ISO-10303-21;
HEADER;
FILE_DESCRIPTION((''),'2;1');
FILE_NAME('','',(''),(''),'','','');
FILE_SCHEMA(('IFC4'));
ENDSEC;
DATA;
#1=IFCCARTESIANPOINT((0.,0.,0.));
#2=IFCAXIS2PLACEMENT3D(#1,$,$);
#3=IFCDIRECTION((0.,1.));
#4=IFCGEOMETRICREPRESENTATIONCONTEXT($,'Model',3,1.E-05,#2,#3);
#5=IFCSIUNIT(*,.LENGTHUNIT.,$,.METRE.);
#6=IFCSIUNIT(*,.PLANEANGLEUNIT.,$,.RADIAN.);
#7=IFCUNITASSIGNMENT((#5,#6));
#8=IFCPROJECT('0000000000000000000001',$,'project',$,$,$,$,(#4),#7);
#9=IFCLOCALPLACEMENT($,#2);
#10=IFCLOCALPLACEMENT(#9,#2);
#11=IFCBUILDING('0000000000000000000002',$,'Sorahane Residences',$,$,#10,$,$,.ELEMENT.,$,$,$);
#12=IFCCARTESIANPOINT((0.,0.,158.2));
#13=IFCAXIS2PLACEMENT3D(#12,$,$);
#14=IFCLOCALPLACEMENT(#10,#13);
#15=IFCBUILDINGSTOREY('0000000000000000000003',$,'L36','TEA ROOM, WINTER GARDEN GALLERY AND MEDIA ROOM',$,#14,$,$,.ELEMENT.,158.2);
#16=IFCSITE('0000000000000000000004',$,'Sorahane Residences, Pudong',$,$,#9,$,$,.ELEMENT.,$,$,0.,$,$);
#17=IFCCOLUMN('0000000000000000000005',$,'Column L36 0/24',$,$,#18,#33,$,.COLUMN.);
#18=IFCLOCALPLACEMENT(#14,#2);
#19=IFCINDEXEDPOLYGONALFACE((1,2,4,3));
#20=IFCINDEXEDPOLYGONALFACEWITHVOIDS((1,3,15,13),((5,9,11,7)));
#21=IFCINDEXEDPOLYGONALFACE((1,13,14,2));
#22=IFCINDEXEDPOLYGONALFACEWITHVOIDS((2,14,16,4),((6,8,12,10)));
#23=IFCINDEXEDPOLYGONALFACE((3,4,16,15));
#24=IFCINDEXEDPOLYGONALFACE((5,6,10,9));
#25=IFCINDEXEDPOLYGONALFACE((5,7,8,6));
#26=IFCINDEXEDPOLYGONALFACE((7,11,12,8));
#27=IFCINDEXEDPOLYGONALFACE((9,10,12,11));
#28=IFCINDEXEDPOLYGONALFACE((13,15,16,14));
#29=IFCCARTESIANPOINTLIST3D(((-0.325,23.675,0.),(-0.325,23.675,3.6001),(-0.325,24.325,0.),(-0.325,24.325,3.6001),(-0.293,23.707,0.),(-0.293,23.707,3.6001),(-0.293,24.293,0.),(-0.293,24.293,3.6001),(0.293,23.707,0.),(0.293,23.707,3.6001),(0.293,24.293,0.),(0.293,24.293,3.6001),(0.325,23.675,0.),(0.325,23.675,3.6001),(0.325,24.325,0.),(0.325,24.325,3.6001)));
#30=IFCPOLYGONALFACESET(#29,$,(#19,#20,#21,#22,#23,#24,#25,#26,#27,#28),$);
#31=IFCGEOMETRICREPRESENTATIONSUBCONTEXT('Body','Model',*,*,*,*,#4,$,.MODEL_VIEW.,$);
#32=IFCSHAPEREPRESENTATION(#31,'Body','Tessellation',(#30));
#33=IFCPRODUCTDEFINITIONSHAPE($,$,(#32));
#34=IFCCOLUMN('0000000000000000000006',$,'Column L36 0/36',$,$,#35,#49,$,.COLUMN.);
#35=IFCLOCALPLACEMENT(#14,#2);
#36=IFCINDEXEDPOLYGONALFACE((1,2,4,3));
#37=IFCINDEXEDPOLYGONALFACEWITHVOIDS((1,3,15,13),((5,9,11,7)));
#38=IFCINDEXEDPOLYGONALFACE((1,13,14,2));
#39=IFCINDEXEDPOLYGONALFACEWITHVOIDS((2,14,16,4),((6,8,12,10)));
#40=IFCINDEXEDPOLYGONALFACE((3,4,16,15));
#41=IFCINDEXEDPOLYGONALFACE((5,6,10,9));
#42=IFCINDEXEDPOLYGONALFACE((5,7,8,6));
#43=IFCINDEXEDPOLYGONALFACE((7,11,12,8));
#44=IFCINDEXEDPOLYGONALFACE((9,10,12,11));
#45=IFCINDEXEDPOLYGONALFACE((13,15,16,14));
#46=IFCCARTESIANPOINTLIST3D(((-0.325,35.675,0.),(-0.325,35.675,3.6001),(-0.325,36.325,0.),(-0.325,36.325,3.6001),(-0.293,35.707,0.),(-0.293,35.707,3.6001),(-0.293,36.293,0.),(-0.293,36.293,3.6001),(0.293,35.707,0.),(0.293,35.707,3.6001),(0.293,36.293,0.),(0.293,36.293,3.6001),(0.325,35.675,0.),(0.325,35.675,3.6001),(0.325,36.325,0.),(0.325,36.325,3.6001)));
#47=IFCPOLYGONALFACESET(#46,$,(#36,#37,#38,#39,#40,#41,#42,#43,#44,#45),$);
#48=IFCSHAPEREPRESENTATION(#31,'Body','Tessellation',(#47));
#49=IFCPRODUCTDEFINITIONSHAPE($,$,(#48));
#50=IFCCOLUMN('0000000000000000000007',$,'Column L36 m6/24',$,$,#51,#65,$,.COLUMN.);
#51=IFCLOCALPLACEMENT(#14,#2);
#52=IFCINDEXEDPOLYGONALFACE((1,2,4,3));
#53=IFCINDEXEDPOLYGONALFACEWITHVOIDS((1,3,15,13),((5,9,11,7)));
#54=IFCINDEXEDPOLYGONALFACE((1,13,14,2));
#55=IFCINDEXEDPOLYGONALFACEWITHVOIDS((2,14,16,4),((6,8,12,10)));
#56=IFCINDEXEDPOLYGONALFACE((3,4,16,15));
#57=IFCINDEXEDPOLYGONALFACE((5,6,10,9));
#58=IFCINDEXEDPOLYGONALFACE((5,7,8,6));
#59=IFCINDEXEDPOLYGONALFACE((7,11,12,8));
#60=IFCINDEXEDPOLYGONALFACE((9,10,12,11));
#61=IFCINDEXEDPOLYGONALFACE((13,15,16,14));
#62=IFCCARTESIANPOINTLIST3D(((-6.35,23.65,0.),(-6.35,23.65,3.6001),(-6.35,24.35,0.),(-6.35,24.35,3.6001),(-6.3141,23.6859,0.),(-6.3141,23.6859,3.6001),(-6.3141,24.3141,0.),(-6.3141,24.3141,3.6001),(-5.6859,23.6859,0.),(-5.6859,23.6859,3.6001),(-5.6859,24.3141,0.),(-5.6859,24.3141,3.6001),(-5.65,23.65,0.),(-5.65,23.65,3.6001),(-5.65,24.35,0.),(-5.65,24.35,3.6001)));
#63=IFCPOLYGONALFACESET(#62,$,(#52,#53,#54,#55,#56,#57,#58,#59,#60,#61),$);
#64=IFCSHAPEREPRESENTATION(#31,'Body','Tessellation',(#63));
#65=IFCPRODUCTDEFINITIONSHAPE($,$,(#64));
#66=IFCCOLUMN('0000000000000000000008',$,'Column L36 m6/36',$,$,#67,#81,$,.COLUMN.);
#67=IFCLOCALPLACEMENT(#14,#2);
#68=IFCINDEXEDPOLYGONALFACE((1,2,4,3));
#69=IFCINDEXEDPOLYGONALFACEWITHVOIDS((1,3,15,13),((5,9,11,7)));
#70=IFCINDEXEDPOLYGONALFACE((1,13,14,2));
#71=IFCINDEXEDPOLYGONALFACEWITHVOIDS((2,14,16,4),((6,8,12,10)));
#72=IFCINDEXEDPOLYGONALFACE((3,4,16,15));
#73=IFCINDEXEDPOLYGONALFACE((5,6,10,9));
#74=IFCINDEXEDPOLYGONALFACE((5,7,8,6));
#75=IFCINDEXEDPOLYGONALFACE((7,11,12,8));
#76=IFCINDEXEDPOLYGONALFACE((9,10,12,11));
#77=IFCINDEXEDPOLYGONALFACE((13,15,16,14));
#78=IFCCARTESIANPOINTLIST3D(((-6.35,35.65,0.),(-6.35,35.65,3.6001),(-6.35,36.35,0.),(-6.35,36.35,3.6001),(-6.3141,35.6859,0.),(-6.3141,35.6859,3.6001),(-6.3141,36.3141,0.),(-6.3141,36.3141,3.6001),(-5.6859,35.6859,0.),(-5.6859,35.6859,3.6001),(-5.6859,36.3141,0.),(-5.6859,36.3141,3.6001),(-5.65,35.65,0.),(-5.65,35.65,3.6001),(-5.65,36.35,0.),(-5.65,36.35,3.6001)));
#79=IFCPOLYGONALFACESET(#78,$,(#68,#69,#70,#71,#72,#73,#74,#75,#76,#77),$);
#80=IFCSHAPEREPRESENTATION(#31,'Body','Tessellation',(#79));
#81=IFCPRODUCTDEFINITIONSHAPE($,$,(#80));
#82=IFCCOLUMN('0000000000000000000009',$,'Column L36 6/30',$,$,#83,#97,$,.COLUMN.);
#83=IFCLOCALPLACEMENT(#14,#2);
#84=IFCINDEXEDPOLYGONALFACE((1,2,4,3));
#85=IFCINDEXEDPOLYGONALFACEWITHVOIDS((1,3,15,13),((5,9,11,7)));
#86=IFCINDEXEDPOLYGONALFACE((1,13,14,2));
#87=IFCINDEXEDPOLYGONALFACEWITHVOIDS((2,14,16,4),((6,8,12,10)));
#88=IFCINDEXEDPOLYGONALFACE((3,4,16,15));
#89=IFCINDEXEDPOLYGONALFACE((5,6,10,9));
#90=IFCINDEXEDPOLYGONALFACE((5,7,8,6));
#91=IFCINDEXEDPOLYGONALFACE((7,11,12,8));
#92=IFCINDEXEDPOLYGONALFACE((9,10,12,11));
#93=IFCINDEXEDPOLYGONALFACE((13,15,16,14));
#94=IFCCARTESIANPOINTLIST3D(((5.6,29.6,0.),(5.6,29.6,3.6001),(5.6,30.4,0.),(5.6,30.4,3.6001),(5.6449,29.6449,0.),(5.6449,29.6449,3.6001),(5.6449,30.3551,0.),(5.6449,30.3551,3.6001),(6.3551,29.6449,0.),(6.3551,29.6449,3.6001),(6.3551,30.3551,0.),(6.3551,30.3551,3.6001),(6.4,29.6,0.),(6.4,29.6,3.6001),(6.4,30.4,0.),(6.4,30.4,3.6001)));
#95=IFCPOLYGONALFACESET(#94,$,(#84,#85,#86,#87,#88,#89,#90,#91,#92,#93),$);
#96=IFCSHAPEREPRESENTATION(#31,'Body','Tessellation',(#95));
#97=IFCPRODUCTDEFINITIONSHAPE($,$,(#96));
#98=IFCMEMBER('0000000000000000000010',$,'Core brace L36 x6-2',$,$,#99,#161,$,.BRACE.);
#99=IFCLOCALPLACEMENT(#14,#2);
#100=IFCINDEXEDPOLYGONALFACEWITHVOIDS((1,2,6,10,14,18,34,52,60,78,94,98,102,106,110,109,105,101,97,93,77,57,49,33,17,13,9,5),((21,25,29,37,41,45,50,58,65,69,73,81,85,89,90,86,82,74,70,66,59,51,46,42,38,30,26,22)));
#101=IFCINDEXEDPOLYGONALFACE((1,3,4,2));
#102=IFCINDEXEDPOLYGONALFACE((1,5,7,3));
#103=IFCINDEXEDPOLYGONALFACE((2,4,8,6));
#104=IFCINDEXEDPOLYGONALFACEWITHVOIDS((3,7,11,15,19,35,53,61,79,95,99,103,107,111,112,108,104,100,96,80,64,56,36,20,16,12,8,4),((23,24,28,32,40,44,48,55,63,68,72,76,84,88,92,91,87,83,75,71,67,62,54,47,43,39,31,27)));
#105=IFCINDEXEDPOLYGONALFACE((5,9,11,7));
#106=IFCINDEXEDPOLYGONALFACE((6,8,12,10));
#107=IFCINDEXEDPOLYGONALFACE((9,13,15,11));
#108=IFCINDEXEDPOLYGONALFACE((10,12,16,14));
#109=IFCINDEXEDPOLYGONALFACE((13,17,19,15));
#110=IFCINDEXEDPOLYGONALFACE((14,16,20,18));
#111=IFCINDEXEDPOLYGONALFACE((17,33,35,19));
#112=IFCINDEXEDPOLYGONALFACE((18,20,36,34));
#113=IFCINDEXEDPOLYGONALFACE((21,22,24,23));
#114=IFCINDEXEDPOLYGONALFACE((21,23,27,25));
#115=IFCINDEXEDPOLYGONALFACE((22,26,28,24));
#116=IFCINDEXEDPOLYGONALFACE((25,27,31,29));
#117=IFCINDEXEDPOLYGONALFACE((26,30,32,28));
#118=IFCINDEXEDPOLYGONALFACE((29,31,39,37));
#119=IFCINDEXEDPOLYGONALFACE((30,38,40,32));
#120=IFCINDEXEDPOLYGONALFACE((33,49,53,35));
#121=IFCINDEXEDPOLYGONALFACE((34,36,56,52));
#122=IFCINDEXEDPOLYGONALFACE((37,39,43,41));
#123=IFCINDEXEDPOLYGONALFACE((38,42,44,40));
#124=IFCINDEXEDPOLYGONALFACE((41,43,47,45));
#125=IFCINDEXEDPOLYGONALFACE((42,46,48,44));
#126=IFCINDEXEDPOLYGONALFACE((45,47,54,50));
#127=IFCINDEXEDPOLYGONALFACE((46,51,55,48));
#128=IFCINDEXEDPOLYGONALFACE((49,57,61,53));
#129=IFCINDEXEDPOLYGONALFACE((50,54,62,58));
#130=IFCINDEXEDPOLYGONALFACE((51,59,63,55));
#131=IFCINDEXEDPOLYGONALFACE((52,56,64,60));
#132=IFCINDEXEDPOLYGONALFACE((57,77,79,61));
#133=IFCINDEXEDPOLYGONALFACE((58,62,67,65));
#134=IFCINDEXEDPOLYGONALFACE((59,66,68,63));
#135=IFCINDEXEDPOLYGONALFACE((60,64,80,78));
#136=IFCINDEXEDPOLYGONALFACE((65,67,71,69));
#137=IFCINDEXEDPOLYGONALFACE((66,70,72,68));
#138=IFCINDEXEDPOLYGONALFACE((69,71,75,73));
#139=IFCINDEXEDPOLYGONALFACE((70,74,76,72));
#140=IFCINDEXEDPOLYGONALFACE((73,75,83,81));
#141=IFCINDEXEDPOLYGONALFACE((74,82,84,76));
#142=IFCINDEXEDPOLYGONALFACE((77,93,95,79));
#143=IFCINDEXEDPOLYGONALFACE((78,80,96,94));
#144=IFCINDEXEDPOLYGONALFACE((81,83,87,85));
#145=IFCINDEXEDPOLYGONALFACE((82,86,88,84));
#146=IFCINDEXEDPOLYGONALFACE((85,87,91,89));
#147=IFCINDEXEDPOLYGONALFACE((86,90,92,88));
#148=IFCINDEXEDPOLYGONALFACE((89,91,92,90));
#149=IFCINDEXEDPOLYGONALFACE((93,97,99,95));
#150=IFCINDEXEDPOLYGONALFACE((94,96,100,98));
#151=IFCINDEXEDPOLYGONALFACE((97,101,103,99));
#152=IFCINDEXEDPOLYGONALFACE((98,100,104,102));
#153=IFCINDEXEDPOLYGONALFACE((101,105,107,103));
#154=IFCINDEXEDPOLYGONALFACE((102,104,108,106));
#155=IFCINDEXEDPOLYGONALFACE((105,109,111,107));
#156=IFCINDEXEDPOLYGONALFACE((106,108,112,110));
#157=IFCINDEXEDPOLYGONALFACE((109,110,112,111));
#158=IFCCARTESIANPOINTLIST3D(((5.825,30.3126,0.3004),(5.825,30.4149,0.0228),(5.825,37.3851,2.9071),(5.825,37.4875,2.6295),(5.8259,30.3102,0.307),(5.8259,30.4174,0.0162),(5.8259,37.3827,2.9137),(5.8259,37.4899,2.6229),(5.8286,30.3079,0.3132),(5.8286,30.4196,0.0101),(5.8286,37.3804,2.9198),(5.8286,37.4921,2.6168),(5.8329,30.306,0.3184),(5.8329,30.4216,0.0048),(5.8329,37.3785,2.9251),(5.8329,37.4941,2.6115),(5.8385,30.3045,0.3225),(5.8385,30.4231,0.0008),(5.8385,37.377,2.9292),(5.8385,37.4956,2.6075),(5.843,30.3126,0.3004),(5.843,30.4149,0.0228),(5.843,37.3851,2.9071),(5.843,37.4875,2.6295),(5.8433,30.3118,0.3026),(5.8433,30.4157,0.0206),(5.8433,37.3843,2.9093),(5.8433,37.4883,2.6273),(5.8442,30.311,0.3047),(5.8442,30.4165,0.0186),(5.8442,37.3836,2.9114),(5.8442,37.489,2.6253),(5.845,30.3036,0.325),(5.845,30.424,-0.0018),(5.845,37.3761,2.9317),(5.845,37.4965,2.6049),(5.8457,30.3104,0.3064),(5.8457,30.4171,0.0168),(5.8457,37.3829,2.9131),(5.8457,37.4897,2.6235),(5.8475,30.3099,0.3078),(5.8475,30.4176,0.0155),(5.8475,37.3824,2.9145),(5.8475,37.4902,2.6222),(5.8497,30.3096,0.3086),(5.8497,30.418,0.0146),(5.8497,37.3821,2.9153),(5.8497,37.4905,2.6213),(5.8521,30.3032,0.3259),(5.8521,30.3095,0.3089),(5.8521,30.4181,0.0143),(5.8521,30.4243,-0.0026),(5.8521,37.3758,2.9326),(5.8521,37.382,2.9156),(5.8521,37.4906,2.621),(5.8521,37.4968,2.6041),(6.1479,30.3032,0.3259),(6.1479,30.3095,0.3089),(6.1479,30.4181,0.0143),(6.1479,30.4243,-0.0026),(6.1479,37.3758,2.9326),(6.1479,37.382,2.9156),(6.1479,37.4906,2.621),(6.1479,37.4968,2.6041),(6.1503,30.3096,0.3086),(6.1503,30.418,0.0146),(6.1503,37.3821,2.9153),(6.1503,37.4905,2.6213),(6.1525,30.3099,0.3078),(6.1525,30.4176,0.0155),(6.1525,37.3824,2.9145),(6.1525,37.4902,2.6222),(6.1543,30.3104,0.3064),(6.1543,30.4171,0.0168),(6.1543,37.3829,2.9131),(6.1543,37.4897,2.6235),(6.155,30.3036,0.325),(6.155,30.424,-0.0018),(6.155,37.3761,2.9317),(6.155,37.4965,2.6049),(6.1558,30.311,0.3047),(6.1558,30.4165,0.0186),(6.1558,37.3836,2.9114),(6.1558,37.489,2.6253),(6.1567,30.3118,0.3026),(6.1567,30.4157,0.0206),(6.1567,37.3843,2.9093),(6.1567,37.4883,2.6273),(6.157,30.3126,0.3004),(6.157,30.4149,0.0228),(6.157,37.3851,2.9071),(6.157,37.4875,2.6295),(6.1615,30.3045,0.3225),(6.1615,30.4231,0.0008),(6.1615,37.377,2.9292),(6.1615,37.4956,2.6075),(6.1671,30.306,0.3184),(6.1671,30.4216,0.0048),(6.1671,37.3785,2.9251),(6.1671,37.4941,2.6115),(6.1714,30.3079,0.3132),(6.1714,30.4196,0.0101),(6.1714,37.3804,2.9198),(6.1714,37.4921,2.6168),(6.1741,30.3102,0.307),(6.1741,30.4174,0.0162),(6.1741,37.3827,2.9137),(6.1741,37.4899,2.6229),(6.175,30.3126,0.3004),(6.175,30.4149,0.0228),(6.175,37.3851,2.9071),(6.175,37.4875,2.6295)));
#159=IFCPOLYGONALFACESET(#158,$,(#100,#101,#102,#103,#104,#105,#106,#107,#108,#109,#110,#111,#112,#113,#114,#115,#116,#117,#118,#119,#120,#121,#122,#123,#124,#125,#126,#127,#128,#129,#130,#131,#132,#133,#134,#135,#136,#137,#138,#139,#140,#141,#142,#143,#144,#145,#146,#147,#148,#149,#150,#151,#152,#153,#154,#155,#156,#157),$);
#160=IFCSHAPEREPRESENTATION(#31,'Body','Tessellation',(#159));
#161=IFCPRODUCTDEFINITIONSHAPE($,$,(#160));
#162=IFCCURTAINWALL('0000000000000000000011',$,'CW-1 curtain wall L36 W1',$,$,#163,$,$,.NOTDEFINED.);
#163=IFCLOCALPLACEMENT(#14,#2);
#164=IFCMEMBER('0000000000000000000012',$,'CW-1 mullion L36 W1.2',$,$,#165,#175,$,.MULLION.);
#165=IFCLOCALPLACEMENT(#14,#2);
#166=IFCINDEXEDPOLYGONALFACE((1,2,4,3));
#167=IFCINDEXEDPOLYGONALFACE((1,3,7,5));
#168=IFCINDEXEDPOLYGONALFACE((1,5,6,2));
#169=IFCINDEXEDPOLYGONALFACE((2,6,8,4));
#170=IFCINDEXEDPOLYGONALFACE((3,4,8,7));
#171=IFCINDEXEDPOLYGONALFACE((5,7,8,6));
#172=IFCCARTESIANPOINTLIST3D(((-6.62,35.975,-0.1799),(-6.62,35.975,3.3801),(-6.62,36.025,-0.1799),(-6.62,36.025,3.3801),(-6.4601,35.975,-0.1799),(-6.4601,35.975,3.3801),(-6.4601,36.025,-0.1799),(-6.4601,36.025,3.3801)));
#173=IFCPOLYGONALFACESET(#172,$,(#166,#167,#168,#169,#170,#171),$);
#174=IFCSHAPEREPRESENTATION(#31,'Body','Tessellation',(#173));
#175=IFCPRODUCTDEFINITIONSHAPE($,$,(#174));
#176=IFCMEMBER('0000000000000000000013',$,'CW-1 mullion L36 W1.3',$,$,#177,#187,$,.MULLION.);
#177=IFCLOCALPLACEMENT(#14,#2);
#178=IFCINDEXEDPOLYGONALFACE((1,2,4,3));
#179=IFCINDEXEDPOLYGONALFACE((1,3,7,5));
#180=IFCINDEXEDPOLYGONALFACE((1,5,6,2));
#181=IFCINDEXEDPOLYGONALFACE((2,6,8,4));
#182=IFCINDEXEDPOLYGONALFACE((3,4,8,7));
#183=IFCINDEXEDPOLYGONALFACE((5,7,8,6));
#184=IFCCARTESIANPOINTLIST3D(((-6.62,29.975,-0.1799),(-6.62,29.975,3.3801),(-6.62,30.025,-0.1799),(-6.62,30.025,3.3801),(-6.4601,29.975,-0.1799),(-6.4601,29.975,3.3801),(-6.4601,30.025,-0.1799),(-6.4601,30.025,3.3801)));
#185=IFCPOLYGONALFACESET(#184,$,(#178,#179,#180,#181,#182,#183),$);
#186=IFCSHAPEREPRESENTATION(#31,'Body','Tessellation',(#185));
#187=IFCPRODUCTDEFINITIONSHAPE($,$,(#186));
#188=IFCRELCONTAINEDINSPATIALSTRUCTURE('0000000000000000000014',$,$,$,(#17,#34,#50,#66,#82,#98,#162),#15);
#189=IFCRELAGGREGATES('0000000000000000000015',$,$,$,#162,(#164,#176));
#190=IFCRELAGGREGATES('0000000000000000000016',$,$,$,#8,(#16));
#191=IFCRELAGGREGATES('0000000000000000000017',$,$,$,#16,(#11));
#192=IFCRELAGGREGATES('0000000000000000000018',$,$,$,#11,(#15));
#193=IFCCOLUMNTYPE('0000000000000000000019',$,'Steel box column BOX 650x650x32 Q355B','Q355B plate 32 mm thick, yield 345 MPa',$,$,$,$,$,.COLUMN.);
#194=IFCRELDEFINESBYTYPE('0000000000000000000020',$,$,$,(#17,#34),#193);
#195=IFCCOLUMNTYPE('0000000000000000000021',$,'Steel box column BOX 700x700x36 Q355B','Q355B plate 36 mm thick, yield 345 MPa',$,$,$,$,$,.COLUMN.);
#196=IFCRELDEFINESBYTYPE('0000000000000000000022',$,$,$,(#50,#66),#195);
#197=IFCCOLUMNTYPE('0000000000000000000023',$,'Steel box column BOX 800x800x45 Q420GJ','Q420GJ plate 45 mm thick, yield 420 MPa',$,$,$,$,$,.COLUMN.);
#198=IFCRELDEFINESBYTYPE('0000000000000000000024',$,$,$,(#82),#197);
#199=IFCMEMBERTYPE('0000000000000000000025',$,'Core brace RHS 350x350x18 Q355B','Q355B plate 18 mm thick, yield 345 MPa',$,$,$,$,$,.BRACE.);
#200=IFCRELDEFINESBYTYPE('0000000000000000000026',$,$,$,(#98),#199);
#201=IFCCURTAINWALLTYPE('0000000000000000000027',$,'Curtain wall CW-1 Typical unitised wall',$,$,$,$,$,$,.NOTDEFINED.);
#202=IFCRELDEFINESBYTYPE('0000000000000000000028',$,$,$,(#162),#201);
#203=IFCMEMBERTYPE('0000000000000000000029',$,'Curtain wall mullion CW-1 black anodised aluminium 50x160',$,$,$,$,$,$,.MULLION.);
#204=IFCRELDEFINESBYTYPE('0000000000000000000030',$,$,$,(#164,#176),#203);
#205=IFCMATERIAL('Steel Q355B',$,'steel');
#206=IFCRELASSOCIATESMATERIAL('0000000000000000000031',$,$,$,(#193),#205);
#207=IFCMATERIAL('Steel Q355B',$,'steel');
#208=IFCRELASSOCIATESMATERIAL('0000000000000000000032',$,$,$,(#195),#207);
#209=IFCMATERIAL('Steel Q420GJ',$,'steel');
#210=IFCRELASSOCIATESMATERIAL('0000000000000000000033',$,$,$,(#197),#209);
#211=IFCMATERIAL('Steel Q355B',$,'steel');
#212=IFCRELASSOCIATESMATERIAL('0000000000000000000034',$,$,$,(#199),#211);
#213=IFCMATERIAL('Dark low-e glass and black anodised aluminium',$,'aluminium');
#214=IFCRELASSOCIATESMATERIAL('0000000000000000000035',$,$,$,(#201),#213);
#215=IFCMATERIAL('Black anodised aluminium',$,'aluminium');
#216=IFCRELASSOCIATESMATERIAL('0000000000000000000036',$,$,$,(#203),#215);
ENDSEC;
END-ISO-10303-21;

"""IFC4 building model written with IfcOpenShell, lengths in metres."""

from ifc_helpers import new_model, si_unit, direction, frame, origin, origin_2d, place, context, subcontext, project, spatial, rectangle, hollow_rectangle, extrude, material, material_profile, profile_set, type_object, element, aggregate, save


model = new_model("IFC4")

# Units and contexts
model_context = context("Model", 3, precision=1e-05, world=origin(), true_north=direction((0.0, 1.0)))
body_context = subcontext(model_context, "Body", "Model", "MODEL_VIEW")
ifc_project = project(units=[si_unit("LENGTHUNIT", "METRE"), si_unit("PLANEANGLEUNIT", "RADIAN")], contexts=[model_context])

# Site, building, storey
site_placement = place(None, origin())
site = spatial("IfcSite", under=ifc_project, at=site_placement, Name="Sorahane Residences, Pudong", CompositionType="ELEMENT", RefElevation=0.0)
building_placement = place(site_placement, origin())
building = spatial("IfcBuilding", under=site, at=building_placement, Name="Sorahane Residences", CompositionType="ELEMENT")
storey_placement = place(building_placement, frame((0.0, 0.0, 158.2)))
storey = spatial("IfcBuildingStorey", under=building, at=storey_placement, Name="L36", Description="TEA ROOM, WINTER GARDEN GALLERY AND MEDIA ROOM", CompositionType="ELEMENT", Elevation=158.2)

# Columns
ifc_material_1 = material(Name="Steel Q355B", Category="steel")
ifc_material_profile_1 = material_profile(ifc_material_1, hollow_rectangle(XDim=0.6499, YDim=0.6499, WallThickness=0.032, at=origin_2d()), Name="BOX 650x650x32")
ifc_profile_set_1 = profile_set([ifc_material_profile_1], Name="Steel Q355B")
column_type_1 = type_object("IfcColumnType", Name="Steel box column BOX 650x650x32 Q355B", Description="Q355B plate 32 mm thick, yield 345 MPa", PredefinedType="COLUMN", material=ifc_profile_set_1)
for number, where, z_axis, x_axis, name in (
    (1, (0.0, 24.0, 0.0), (0.0, 0.0, 1.0), (1.0, 0.0, 0.0), "Column L36 0/24"),
    (2, (0.0, 36.0, 0.0), (0.0, 0.0, 1.0), (1.0, 0.0, 0.0), "Column L36 0/36"),
):
    element("IfcColumn", number, at=place(storey_placement, frame(where, z_axis=z_axis, x_axis=x_axis)), inside=storey, type_object=column_type_1, Name=name, PredefinedType="COLUMN", context=body_context, shape_type="SweptSolid", body=[
        extrude(hollow_rectangle(XDim=0.6499, YDim=0.6499, WallThickness=0.032, at=origin_2d()), origin(), (0.0, 0.0, 1.0), 3.6001),
    ])
ifc_material_2 = material(Name="Steel Q355B", Category="steel")
ifc_material_profile_2 = material_profile(ifc_material_2, hollow_rectangle(XDim=0.7, YDim=0.7, WallThickness=0.0359, at=origin_2d()), Name="BOX 700x700x36")
ifc_profile_set_2 = profile_set([ifc_material_profile_2], Name="Steel Q355B")
column_type_2 = type_object("IfcColumnType", Name="Steel box column BOX 700x700x36 Q355B", Description="Q355B plate 36 mm thick, yield 345 MPa", PredefinedType="COLUMN", material=ifc_profile_set_2)
for number, where, z_axis, x_axis, name in (
    (3, (-6.0, 24.0, 0.0), (0.0, 0.0, 1.0), (1.0, 0.0, 0.0), "Column L36 m6/24"),
    (4, (-6.0, 36.0, 0.0), (0.0, 0.0, 1.0), (1.0, 0.0, 0.0), "Column L36 m6/36"),
):
    element("IfcColumn", number, at=place(storey_placement, frame(where, z_axis=z_axis, x_axis=x_axis)), inside=storey, type_object=column_type_2, Name=name, PredefinedType="COLUMN", context=body_context, shape_type="SweptSolid", body=[
        extrude(hollow_rectangle(XDim=0.7, YDim=0.7, WallThickness=0.0359, at=origin_2d()), origin(), (0.0, 0.0, 1.0), 3.6001),
    ])
ifc_material_3 = material(Name="Steel Q420GJ", Category="steel")
ifc_material_profile_3 = material_profile(ifc_material_3, hollow_rectangle(XDim=0.8, YDim=0.8, WallThickness=0.0449, at=origin_2d()), Name="BOX 800x800x45")
ifc_profile_set_3 = profile_set([ifc_material_profile_3], Name="Steel Q420GJ")
column_type_3 = type_object("IfcColumnType", Name="Steel box column BOX 800x800x45 Q420GJ", Description="Q420GJ plate 45 mm thick, yield 420 MPa", PredefinedType="COLUMN", material=ifc_profile_set_3)
column_placement = place(storey_placement, frame((6.0, 30.0, 0.0), z_axis=(0.0, 0.0, 1.0), x_axis=(1.0, 0.0, 0.0)))
element("IfcColumn", 5, at=column_placement, inside=storey, type_object=column_type_3, Name="Column L36 6/30", PredefinedType="COLUMN", context=body_context, shape_type="SweptSolid", body=[
    extrude(hollow_rectangle(XDim=0.8, YDim=0.8, WallThickness=0.0449, at=origin_2d()), origin(), (0.0, 0.0, 1.0), 3.6001),
])

# Member
ifc_material_4 = material(Name="Steel Q355B", Category="steel")
ifc_material_profile_4 = material_profile(ifc_material_4, hollow_rectangle(XDim=0.3501, YDim=0.3501, WallThickness=0.0181, InnerFilletRadius=0.009, OuterFilletRadius=0.0271, at=origin_2d()), Name="RHS 350x350x18")
ifc_profile_set_4 = profile_set([ifc_material_profile_4], Name="Steel Q355B")
member_type_1 = type_object("IfcMemberType", Name="Core brace RHS 350x350x18 Q355B", Description="Q355B plate 18 mm thick, yield 345 MPa", PredefinedType="BRACE", material=ifc_profile_set_4)
member_1_placement = place(storey_placement, frame((6.0, 30.3638, 0.1616), z_axis=(0.0, 0.938299, 0.345825), x_axis=(-1.0, 0.0, 0.0)))
element("IfcMember", 6, at=member_1_placement, inside=storey, type_object=member_type_1, Name="Core brace L36 x6-2", PredefinedType="BRACE", context=body_context, shape_type="SweptSolid", body=[
    extrude(hollow_rectangle(XDim=0.3501, YDim=0.3501, WallThickness=0.0181, InnerFilletRadius=0.009, OuterFilletRadius=0.0271, at=origin_2d()), origin(), (0.0, 0.0, 1.0), 7.5376),
])

# Curtain wall, members
ifc_material_5 = material(Name="Dark low-e glass and black anodised aluminium", Category="aluminium")
curtain_wall_type = type_object("IfcCurtainWallType", Name="Curtain wall CW-1 Typical unitised wall", PredefinedType="NOTDEFINED", material=ifc_material_5)
curtain_wall_placement = place(storey_placement, origin())
curtain_wall = element("IfcCurtainWall", 7, at=curtain_wall_placement, inside=storey, type_object=curtain_wall_type, Name="CW-1 curtain wall L36 W1", PredefinedType="NOTDEFINED")
ifc_material_6 = material(Name="Black anodised aluminium", Category="aluminium")
ifc_material_profile_5 = material_profile(ifc_material_6, rectangle(XDim=0.1599, YDim=0.05, at=origin_2d()), Name="Curtain wall mullion CW-1 black anodised aluminium 50x160")
ifc_profile_set_5 = profile_set([ifc_material_profile_5], Name="Black anodised aluminium")
member_type_2 = type_object("IfcMemberType", Name="Curtain wall mullion CW-1 black anodised aluminium 50x160", PredefinedType="MULLION", material=ifc_profile_set_5)
member_2_placement = place(storey_placement, frame((-6.54, 36.0, -0.1799), z_axis=(0.0, 0.0, 1.0), x_axis=(-1.0, 0.0, 0.0)))
member_2 = element("IfcMember", 8, at=member_2_placement, type_object=member_type_2, Name="CW-1 mullion L36 W1.2", PredefinedType="MULLION", context=body_context, shape_type="SweptSolid", body=[
    extrude(rectangle(XDim=0.1599, YDim=0.05, at=origin_2d()), origin(), (0.0, 0.0, 1.0), 3.5601),
])
member_3_placement = place(storey_placement, frame((-6.54, 30.0, -0.1799), z_axis=(0.0, 0.0, 1.0), x_axis=(-1.0, 0.0, 0.0)))
member_3 = element("IfcMember", 9, at=member_3_placement, type_object=member_type_2, Name="CW-1 mullion L36 W1.3", PredefinedType="MULLION", context=body_context, shape_type="SweptSolid", body=[
    extrude(rectangle(XDim=0.1599, YDim=0.05, at=origin_2d()), origin(), (0.0, 0.0, 1.0), 3.5601),
])

aggregate(curtain_wall, [member_2, member_3])

save(model, "model.ifc")
